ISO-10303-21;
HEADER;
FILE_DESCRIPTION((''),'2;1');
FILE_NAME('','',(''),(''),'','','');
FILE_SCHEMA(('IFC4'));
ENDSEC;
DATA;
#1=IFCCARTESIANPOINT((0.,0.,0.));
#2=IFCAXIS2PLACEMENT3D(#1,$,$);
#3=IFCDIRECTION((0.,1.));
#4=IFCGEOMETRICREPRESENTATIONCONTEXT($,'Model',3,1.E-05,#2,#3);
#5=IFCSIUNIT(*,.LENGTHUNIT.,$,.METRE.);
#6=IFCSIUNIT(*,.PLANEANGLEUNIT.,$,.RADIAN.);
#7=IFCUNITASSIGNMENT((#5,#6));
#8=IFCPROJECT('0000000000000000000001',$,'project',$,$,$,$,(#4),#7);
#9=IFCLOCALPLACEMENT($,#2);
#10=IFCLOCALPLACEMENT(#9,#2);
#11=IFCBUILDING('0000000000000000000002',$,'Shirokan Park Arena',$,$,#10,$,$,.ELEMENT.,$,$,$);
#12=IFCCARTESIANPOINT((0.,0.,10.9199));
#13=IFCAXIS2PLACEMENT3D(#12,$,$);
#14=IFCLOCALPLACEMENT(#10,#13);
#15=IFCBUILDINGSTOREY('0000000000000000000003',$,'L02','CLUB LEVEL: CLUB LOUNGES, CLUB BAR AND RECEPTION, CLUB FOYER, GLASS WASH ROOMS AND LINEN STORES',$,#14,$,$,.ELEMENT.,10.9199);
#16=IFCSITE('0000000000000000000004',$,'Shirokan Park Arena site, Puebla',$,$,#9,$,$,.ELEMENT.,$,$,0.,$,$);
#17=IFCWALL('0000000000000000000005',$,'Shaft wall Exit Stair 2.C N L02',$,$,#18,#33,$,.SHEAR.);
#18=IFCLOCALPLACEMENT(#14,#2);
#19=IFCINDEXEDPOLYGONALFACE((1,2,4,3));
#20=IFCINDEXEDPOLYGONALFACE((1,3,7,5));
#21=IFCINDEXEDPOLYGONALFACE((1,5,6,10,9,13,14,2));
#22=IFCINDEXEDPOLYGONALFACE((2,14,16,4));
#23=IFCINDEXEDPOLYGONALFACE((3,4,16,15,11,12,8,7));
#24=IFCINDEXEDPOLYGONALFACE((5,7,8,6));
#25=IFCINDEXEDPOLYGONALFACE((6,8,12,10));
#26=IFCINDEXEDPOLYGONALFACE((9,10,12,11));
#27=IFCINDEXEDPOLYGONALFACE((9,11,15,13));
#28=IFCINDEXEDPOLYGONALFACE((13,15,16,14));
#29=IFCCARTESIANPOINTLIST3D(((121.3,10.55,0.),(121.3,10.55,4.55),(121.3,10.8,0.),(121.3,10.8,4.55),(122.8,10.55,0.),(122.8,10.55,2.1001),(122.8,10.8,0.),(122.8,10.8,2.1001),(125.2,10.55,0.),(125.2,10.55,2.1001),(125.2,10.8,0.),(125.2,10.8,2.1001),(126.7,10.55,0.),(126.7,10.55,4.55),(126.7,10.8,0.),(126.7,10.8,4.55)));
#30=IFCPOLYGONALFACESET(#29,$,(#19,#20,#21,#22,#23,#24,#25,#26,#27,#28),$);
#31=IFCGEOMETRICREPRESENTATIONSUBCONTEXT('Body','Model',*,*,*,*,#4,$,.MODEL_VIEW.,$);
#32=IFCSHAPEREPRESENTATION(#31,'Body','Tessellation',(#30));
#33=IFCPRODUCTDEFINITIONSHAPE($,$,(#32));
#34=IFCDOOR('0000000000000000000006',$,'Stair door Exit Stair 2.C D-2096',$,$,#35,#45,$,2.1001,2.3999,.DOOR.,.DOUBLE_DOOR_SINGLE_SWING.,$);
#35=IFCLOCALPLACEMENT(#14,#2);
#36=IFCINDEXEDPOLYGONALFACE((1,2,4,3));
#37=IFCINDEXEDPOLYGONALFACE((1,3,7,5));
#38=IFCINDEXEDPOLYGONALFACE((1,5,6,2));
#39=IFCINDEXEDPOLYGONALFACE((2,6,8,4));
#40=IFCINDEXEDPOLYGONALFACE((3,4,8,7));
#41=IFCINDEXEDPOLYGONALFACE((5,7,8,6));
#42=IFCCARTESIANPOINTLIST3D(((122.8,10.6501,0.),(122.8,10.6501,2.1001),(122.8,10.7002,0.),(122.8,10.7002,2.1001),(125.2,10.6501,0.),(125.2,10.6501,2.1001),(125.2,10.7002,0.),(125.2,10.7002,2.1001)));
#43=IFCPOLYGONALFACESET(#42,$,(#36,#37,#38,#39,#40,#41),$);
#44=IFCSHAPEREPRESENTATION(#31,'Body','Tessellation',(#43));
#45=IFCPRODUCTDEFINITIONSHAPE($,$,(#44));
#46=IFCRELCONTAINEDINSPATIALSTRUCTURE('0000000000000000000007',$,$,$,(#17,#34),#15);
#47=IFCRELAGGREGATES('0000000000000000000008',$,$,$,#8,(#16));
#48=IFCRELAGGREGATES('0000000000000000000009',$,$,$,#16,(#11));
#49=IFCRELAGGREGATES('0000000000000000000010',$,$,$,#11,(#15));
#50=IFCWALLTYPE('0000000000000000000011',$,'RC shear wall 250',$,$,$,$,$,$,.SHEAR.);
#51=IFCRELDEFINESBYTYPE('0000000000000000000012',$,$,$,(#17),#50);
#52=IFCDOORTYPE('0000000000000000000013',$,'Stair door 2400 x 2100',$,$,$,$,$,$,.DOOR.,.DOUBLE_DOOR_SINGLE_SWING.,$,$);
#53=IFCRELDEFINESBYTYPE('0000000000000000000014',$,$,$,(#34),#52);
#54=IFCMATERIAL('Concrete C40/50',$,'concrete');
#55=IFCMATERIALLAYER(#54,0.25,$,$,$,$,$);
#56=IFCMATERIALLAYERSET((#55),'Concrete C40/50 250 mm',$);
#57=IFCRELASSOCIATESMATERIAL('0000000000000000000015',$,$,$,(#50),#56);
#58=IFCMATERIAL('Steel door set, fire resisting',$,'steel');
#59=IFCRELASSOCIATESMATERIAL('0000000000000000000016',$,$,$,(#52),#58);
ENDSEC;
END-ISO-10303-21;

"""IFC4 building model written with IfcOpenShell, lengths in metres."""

from ifc_helpers import new_model, si_unit, direction, frame, frame_2d, origin, place, context, subcontext, project, spatial, rectangle, extrude, material, layer, layer_set, type_object, element, fill, save


model = new_model("IFC4")

# Units and contexts
model_context = context("Model", 3, precision=1e-05, world=origin(), true_north=direction((0.0, 1.0)))
body_context = subcontext(model_context, "Body", "Model", "MODEL_VIEW")
ifc_project = project(units=[si_unit("LENGTHUNIT", "METRE"), si_unit("PLANEANGLEUNIT", "RADIAN")], contexts=[model_context])

# Site, building, storey
site_placement = place(None, origin())
site = spatial("IfcSite", under=ifc_project, at=site_placement, Name="Shirokan Park Arena site, Puebla", CompositionType="ELEMENT", RefElevation=0.0)
building_placement = place(site_placement, origin())
building = spatial("IfcBuilding", under=site, at=building_placement, Name="Shirokan Park Arena", CompositionType="ELEMENT")
storey_placement = place(building_placement, frame((0.0, 0.0, 10.9199)))
storey = spatial("IfcBuildingStorey", under=building, at=storey_placement, Name="L02", Description="CLUB LEVEL: CLUB LOUNGES, CLUB BAR AND RECEPTION, CLUB FOYER, GLASS WASH ROOMS AND LINEN STORES", CompositionType="ELEMENT", Elevation=10.9199)

# Shared definitions
ifc_material_1 = material(Name="Concrete C40/50", Category="concrete")
ifc_layer_1 = layer(ifc_material_1, 0.25)
ifc_layer_set_1 = layer_set([ifc_layer_1], Name="Concrete C40/50 250 mm")
wall_type_1 = type_object("IfcWallType", Name="RC shear wall 250", PredefinedType="SHEAR", material=ifc_layer_set_1)
ifc_material_2 = material(Name="Steel door set, fire resisting", Category="steel")
door_type = type_object("IfcDoorType", Name="Stair door 2400 x 2100", OperationType="DOUBLE_DOOR_SINGLE_SWING", PredefinedType="DOOR", material=ifc_material_2)

# Wall, opening, door
wall_1_placement = place(storey_placement, frame((126.7, 10.675, 0.0), z_axis=(0.0, 0.0, 1.0), x_axis=(-1.0, 0.0, 0.0)))
wall_1 = element("IfcWall", 1, at=wall_1_placement, inside=storey, type_object=wall_type_1, Name="Shaft wall Exit Stair 2.C N L02", PredefinedType="SHEAR", context=body_context, shape_type="SweptSolid", body=[
    extrude(rectangle(XDim=5.3999, YDim=0.25, at=frame_2d((2.7, 0.0))), origin(), (0.0, 0.0, 1.0), 4.55),
])
opening_1_placement = place(wall_1_placement, frame((1.5, 0.0, 0.0)))
opening_1 = element("IfcOpeningElement", 2, at=opening_1_placement, cuts=wall_1, PredefinedType="OPENING", context=body_context, shape_type="SweptSolid", body=[
    extrude(rectangle(XDim=2.3999, YDim=2.1001, at=frame_2d((1.2, 1.05))), frame((0.0, 0.135, 0.0), z_axis=(0.0, -1.0, 0.0), x_axis=(1.0, 0.0, 0.0)), (0.0, 0.0, 1.0), 0.27),
])
door_1_placement = place(opening_1_placement, origin())
door_1 = element("IfcDoor", 3, at=door_1_placement, inside=storey, type_object=door_type, Name="Stair door Exit Stair 2.C D-2096", OperationType="DOUBLE_DOOR_SINGLE_SWING", OverallHeight=2.1001, OverallWidth=2.3999, PredefinedType="DOOR", context=body_context, shape_type="SweptSolid", body=[
    extrude(rectangle(XDim=2.3999, YDim=2.1001, at=frame_2d((1.2, 1.05))), frame((0.0, 0.0249, 0.0), z_axis=(0.0, -1.0, 0.0), x_axis=(1.0, 0.0, 0.0)), (0.0, 0.0, 1.0), 0.05),
])
fill(opening_1, door_1)

save(model, "model.ifc")
